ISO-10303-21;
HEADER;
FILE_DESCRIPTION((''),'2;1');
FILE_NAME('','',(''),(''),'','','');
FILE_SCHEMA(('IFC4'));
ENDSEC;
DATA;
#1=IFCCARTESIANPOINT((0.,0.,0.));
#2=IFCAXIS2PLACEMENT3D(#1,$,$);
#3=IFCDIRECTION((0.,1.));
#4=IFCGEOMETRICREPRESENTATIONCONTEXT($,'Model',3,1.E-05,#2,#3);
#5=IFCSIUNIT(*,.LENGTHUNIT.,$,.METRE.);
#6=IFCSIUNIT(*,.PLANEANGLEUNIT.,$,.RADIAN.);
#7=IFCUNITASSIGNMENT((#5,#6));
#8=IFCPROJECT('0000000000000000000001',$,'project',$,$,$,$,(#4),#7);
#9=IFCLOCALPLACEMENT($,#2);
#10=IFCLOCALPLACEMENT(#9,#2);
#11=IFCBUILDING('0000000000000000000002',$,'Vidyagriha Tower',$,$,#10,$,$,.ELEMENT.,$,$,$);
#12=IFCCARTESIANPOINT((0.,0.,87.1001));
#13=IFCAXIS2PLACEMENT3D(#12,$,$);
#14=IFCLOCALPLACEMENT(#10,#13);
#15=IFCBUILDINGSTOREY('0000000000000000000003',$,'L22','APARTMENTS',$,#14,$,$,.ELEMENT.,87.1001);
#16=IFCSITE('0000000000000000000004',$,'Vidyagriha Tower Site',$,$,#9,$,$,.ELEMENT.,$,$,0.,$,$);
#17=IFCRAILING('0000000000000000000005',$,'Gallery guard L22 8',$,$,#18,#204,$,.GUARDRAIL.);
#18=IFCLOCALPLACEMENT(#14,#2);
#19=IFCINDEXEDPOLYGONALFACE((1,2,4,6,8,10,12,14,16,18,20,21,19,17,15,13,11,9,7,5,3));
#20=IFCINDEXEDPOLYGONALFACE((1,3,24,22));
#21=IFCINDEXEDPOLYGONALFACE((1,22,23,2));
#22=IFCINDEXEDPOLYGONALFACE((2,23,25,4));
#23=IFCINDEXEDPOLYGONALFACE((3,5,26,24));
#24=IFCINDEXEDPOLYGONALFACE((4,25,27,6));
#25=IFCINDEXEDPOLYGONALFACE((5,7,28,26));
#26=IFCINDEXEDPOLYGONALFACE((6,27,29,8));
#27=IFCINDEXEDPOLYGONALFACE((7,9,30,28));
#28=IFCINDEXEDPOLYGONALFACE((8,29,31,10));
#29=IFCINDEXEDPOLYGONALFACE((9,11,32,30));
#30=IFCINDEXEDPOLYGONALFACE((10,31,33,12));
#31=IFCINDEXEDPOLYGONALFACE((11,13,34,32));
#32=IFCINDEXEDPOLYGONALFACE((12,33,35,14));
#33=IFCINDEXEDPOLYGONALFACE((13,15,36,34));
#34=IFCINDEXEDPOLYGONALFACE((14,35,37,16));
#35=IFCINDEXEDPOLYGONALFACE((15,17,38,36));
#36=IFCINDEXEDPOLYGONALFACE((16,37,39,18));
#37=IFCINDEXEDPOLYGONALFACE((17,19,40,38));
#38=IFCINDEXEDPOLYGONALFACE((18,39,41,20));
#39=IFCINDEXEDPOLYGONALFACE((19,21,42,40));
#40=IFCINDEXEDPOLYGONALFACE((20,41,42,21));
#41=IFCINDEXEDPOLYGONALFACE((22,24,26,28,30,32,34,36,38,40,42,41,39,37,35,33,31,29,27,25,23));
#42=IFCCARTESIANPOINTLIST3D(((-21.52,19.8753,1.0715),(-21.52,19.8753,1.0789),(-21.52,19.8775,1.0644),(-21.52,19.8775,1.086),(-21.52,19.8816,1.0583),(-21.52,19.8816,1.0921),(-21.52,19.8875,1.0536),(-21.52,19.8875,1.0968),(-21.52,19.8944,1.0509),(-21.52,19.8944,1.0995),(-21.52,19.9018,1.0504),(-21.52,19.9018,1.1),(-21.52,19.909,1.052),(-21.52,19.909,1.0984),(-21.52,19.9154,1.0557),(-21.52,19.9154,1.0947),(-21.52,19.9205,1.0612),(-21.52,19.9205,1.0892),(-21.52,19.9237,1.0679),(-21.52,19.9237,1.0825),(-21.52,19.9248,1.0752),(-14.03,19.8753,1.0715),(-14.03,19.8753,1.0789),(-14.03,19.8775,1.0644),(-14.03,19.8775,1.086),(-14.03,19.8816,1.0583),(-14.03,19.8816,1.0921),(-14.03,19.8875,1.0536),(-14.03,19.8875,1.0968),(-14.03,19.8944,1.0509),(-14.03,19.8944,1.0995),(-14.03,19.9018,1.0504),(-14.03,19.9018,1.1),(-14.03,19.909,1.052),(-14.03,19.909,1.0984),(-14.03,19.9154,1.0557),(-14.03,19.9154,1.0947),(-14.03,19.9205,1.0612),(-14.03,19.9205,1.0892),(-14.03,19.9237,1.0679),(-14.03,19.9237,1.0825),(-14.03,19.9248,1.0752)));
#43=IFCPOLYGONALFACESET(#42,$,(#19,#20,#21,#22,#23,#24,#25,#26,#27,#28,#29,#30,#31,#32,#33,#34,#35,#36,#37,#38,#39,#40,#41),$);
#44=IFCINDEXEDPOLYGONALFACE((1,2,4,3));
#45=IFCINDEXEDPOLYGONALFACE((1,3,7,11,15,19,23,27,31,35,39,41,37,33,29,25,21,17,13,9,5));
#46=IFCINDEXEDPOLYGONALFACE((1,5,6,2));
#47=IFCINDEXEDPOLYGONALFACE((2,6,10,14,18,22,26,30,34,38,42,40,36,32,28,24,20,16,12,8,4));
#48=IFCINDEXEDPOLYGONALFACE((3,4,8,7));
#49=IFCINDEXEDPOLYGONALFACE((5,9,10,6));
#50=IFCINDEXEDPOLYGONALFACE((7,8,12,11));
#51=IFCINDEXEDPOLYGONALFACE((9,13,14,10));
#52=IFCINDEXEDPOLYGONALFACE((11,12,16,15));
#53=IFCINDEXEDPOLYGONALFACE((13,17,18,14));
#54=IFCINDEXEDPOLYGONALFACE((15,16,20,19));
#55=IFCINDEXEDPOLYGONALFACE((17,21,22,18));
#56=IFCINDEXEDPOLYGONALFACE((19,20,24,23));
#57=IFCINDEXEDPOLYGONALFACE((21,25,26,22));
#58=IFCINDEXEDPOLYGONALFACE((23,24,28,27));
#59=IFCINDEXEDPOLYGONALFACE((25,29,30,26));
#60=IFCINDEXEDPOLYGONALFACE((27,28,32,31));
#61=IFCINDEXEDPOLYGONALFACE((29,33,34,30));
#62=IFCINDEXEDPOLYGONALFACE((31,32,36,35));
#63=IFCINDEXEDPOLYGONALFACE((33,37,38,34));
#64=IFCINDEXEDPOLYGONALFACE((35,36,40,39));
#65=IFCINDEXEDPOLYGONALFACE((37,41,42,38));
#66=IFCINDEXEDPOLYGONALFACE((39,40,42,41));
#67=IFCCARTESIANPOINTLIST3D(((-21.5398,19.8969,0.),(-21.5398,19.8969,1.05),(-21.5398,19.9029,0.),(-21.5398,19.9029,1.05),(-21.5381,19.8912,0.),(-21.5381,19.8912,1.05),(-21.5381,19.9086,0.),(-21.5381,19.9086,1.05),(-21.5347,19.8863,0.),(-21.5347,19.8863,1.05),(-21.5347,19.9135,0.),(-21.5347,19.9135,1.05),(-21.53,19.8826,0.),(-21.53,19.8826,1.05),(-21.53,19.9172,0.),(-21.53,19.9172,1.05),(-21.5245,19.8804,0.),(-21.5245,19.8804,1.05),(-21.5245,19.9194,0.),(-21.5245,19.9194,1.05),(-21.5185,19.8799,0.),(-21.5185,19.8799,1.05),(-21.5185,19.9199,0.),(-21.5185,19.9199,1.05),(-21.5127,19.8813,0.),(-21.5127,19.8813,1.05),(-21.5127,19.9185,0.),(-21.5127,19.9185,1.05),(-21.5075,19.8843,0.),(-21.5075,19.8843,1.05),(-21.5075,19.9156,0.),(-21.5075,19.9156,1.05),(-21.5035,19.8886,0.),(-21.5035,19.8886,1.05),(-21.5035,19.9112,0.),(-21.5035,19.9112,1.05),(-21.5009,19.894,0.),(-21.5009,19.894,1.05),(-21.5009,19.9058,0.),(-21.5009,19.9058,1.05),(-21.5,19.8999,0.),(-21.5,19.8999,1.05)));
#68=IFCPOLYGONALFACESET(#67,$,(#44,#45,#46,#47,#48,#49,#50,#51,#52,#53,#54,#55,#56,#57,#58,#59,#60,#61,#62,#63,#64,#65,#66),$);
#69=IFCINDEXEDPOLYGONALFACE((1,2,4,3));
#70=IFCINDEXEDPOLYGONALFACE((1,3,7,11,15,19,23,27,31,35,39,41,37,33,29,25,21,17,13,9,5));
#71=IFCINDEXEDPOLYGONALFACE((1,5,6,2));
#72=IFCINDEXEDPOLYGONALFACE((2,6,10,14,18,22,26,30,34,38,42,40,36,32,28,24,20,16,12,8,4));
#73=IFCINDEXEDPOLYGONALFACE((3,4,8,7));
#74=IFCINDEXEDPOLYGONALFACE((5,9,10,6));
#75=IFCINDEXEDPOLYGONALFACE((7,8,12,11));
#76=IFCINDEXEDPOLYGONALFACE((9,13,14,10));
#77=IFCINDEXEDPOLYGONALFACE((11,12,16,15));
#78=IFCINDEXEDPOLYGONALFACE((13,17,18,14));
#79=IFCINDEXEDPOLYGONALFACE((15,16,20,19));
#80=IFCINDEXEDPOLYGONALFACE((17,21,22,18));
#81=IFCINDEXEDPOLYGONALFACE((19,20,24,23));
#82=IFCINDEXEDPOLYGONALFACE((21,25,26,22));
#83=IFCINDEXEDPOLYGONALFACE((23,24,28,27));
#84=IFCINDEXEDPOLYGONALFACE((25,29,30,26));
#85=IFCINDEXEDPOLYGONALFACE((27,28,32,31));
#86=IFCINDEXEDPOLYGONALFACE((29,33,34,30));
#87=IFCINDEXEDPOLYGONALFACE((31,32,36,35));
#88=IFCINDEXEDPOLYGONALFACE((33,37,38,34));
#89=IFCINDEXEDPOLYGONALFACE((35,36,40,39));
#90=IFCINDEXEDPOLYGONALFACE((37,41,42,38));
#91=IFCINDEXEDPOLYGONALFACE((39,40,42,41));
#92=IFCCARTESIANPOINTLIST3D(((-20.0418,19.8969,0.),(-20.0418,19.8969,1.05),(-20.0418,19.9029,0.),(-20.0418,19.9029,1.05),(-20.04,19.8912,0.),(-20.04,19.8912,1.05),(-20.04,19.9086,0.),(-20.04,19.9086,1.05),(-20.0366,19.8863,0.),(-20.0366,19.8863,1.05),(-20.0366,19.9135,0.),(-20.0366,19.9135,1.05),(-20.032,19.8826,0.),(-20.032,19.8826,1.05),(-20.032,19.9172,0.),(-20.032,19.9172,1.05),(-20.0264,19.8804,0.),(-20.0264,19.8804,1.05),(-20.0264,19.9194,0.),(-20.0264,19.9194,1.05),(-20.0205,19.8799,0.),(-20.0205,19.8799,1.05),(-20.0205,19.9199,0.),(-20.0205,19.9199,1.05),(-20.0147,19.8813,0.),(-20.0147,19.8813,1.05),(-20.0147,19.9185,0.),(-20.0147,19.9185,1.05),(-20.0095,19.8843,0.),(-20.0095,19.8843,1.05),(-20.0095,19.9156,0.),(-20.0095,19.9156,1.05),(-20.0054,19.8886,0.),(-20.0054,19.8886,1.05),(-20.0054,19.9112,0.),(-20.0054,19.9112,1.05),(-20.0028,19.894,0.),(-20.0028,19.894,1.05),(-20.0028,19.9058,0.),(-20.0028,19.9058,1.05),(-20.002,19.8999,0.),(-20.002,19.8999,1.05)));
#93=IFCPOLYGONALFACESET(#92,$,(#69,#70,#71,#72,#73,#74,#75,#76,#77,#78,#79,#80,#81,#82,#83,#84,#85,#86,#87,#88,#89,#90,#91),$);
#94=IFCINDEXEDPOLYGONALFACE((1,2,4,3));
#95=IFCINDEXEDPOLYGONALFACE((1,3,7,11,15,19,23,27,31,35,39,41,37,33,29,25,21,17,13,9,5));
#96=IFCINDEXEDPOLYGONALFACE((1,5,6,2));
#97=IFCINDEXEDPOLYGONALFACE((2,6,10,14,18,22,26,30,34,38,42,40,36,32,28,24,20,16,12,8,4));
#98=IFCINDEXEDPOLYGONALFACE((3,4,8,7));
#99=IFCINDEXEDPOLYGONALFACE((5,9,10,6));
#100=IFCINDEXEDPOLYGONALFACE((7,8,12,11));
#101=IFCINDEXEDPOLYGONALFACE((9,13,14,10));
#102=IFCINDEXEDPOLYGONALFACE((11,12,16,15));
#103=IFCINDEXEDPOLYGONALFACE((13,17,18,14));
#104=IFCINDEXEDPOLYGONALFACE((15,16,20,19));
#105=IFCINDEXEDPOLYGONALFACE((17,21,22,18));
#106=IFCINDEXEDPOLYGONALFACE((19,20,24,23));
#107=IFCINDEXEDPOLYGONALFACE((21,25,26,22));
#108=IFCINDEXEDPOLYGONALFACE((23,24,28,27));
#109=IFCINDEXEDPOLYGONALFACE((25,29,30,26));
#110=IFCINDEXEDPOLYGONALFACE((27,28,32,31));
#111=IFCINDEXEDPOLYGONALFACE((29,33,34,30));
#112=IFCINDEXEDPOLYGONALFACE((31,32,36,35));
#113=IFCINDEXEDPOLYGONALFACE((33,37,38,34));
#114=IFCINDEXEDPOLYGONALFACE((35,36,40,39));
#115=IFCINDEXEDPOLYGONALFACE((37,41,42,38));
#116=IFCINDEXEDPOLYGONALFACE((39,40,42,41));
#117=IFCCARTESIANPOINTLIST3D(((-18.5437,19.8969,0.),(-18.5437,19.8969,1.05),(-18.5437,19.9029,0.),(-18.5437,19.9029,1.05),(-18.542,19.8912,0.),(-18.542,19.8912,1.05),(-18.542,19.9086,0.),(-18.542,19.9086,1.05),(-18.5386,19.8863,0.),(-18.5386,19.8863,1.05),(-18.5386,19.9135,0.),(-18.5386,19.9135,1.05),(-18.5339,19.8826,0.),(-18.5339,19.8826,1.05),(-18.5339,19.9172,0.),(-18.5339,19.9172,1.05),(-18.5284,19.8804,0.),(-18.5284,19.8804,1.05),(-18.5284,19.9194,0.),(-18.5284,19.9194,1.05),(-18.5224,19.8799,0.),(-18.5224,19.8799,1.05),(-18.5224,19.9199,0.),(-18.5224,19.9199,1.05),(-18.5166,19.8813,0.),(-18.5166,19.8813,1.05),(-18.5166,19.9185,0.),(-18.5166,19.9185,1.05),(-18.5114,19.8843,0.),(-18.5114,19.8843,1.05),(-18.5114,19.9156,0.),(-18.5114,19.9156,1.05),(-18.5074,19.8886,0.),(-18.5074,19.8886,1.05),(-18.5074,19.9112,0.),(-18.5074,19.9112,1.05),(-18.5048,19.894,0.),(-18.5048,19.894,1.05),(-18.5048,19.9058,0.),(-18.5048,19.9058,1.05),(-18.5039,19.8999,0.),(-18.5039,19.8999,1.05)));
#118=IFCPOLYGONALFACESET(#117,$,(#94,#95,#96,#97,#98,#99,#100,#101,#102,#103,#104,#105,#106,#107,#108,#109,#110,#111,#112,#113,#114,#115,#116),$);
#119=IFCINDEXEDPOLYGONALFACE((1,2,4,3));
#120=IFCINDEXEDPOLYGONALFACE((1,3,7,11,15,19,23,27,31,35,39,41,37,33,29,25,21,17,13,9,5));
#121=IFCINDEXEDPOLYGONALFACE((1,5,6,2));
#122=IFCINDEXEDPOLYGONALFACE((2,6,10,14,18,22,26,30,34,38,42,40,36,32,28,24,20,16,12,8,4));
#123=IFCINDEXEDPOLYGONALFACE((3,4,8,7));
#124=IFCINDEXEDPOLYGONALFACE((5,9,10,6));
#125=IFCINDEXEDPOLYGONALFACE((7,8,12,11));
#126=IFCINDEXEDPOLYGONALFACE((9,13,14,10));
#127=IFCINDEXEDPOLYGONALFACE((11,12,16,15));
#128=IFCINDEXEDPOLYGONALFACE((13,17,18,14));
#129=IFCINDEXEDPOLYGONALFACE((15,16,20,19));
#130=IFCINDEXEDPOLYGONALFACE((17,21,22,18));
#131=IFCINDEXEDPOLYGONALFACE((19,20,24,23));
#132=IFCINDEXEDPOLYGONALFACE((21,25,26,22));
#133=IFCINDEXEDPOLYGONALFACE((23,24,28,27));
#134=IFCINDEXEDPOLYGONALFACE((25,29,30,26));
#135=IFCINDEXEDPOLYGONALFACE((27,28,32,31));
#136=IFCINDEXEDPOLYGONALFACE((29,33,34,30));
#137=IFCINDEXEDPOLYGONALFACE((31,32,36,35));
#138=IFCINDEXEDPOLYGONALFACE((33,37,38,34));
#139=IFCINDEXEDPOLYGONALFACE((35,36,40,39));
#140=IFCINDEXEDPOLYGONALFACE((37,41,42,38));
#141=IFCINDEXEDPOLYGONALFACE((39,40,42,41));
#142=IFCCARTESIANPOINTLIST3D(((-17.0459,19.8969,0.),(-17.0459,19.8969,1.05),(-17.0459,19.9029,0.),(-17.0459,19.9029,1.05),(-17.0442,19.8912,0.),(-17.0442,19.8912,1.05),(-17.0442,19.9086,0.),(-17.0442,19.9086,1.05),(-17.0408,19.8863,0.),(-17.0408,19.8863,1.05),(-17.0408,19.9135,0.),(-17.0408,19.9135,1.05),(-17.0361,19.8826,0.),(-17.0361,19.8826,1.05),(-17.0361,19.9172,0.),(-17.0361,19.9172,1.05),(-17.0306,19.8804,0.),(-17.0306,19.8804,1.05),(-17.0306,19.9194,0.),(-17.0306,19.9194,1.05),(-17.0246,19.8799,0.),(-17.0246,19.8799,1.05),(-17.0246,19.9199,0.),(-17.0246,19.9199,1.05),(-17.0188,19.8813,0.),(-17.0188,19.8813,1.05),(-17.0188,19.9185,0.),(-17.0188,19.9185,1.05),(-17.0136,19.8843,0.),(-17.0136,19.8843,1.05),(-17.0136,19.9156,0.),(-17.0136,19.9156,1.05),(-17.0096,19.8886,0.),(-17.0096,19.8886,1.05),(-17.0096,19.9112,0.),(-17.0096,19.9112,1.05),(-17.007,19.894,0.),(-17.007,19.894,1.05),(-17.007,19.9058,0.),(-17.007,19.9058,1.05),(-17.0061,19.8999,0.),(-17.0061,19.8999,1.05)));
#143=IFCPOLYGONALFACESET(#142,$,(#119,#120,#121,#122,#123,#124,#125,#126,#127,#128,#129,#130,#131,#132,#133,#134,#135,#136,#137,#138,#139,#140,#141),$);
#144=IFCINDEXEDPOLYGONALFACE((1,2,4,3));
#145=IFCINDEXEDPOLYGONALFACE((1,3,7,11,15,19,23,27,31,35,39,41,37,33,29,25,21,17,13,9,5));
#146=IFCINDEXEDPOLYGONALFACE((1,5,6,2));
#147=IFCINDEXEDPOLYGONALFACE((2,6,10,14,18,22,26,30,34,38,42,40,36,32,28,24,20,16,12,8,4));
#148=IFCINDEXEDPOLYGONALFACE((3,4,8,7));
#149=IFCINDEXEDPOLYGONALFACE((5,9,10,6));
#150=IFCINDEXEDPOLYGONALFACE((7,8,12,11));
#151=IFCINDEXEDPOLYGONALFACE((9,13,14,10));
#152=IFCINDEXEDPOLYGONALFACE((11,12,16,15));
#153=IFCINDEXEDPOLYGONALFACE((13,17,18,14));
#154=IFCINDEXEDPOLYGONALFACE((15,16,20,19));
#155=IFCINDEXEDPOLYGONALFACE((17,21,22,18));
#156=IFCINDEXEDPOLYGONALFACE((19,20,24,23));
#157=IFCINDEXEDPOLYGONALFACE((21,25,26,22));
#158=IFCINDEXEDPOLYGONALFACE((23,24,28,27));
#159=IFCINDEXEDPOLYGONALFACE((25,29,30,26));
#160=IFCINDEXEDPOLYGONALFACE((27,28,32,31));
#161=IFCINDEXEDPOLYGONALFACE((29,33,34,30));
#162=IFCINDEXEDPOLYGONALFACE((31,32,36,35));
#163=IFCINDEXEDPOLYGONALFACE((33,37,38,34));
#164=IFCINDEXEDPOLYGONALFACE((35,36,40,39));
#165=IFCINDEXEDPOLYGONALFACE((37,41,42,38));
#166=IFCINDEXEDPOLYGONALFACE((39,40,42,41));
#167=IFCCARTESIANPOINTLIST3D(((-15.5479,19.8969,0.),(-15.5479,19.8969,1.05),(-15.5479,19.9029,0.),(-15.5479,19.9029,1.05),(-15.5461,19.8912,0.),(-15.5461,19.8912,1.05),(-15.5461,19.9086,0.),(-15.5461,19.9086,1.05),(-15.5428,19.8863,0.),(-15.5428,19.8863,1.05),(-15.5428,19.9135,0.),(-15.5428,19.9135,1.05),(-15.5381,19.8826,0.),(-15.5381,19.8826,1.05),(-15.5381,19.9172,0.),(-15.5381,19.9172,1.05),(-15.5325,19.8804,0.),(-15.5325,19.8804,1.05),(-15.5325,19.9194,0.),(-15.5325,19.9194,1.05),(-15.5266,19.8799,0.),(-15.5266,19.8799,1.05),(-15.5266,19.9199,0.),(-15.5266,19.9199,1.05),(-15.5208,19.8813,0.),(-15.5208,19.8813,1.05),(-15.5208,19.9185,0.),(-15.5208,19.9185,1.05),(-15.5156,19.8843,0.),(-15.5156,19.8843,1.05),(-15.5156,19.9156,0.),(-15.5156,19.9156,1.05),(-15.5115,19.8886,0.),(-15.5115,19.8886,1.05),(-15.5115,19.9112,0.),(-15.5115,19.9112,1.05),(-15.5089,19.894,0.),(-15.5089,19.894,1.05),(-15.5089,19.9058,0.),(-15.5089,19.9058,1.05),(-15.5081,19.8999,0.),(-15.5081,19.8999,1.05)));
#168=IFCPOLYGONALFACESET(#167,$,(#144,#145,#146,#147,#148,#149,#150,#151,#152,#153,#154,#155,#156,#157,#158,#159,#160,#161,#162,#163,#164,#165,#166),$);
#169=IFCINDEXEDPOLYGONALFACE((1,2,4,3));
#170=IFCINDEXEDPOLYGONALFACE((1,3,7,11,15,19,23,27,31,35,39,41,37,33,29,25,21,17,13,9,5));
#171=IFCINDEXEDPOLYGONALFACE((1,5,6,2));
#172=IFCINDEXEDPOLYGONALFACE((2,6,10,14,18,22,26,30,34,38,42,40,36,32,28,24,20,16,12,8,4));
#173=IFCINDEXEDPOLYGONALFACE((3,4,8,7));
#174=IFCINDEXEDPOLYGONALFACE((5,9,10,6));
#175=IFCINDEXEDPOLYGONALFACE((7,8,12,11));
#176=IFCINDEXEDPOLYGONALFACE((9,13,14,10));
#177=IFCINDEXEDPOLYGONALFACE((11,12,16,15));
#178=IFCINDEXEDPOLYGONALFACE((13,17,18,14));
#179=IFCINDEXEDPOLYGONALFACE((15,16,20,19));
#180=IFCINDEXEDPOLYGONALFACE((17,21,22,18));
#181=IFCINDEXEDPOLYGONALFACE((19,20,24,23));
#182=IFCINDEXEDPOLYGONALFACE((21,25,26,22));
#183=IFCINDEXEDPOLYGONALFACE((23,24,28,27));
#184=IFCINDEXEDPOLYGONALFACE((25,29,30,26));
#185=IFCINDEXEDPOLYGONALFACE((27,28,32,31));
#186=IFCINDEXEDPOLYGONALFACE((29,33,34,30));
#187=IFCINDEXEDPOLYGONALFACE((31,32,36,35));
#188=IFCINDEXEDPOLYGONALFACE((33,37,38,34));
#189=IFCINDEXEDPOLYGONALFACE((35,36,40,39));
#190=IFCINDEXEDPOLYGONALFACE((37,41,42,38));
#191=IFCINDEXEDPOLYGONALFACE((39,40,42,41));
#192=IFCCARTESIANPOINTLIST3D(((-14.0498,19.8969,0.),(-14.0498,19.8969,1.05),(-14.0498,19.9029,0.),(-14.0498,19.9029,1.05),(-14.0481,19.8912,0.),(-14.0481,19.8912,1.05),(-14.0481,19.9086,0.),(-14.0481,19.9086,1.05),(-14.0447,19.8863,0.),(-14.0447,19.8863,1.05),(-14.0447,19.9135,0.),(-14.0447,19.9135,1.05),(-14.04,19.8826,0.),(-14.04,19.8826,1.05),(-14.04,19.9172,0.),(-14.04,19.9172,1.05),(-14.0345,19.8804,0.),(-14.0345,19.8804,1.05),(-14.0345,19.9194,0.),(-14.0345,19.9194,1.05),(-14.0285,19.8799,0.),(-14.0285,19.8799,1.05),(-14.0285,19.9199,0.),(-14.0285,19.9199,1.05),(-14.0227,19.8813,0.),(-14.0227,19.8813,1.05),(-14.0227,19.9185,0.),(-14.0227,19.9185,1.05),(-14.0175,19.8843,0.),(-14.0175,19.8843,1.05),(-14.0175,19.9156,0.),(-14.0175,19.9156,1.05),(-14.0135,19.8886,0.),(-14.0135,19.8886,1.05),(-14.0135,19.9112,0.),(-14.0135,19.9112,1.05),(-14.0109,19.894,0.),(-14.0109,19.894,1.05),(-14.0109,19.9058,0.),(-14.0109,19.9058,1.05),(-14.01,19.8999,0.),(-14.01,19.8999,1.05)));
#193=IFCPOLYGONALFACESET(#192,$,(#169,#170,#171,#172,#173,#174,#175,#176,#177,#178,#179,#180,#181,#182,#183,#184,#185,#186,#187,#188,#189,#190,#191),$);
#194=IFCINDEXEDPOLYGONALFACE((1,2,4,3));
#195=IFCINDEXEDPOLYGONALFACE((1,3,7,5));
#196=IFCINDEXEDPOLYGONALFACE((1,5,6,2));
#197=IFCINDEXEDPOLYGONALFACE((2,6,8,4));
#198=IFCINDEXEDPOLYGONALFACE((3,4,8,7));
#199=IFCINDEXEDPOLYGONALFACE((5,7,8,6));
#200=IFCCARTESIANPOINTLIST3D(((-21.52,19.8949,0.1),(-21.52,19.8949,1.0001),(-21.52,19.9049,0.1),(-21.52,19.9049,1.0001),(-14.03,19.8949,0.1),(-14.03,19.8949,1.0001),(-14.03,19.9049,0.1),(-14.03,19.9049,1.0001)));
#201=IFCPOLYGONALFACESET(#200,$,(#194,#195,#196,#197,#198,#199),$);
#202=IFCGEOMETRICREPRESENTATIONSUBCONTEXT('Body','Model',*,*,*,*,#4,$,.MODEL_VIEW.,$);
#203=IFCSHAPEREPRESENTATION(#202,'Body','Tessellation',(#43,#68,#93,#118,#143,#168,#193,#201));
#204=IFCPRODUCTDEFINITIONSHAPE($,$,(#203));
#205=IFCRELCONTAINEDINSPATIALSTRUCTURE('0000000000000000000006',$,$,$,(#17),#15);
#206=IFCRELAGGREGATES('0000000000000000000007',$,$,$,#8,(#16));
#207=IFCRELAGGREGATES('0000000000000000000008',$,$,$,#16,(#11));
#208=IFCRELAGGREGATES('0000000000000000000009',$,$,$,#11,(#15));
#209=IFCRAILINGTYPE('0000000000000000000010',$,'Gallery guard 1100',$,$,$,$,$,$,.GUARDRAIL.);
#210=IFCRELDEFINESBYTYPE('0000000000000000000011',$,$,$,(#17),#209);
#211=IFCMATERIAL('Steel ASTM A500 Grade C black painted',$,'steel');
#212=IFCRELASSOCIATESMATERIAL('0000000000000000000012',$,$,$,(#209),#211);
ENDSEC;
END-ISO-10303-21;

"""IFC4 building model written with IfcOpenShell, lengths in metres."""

from ifc_helpers import new_model, si_unit, direction, frame, origin, origin_2d, place, context, subcontext, project, spatial, rectangle, circle, extrude, material, type_object, element, save


model = new_model("IFC4")

# Units and contexts
model_context = context("Model", 3, precision=1e-05, world=origin(), true_north=direction((0.0, 1.0)))
body_context = subcontext(model_context, "Body", "Model", "MODEL_VIEW")
ifc_project = project(units=[si_unit("LENGTHUNIT", "METRE"), si_unit("PLANEANGLEUNIT", "RADIAN")], contexts=[model_context])

# Site, building, storey
site_placement = place(None, origin())
site = spatial("IfcSite", under=ifc_project, at=site_placement, Name="Vidyagriha Tower Site", CompositionType="ELEMENT", RefElevation=0.0)
building_placement = place(site_placement, origin())
building = spatial("IfcBuilding", under=site, at=building_placement, Name="Vidyagriha Tower", CompositionType="ELEMENT")
storey_placement = place(building_placement, frame((0.0, 0.0, 87.1001)))
storey = spatial("IfcBuildingStorey", under=building, at=storey_placement, Name="L22", Description="APARTMENTS", CompositionType="ELEMENT", Elevation=87.1001)

# Railing
ifc_material_1 = material(Name="Steel ASTM A500 Grade C black painted", Category="steel")
railing_type = type_object("IfcRailingType", Name="Gallery guard 1100", PredefinedType="GUARDRAIL", material=ifc_material_1)
railing_1_placement = place(storey_placement, frame((-21.52, 19.8999, 0.0)))
element("IfcRailing", 1, at=railing_1_placement, inside=storey, type_object=railing_type, Name="Gallery guard L22 8", PredefinedType="GUARDRAIL", context=body_context, shape_type="SweptSolid", body=[
    extrude(circle(Radius=0.0249, at=origin_2d()), frame((0.0, 0.0, 1.0752), z_axis=(1.0, 0.0, 0.0), x_axis=(0.0, 1.0, 0.0)), (0.0, 0.0, 1.0), 7.49),
    extrude(circle(Radius=0.02, at=origin_2d()), origin(), (0.0, 0.0, 1.0), 1.05),
    extrude(circle(Radius=0.02, at=origin_2d()), frame((1.498, 0.0, 0.0)), (0.0, 0.0, 1.0), 1.05),
    extrude(circle(Radius=0.02, at=origin_2d()), frame((2.9961, 0.0, 0.0)), (0.0, 0.0, 1.0), 1.05),
    extrude(circle(Radius=0.02, at=origin_2d()), frame((4.4939, 0.0, 0.0)), (0.0, 0.0, 1.0), 1.05),
    extrude(circle(Radius=0.02, at=origin_2d()), frame((5.9919, 0.0, 0.0)), (0.0, 0.0, 1.0), 1.05),
    extrude(circle(Radius=0.02, at=origin_2d()), frame((7.49, 0.0, 0.0)), (0.0, 0.0, 1.0), 1.05),
    extrude(rectangle(XDim=0.01, YDim=0.9001, at=origin_2d()), frame((0.0, 0.0, 0.55), z_axis=(1.0, 0.0, 0.0), x_axis=(0.0, 1.0, 0.0)), (0.0, 0.0, 1.0), 7.49),
])

save(model, "model.ifc")
